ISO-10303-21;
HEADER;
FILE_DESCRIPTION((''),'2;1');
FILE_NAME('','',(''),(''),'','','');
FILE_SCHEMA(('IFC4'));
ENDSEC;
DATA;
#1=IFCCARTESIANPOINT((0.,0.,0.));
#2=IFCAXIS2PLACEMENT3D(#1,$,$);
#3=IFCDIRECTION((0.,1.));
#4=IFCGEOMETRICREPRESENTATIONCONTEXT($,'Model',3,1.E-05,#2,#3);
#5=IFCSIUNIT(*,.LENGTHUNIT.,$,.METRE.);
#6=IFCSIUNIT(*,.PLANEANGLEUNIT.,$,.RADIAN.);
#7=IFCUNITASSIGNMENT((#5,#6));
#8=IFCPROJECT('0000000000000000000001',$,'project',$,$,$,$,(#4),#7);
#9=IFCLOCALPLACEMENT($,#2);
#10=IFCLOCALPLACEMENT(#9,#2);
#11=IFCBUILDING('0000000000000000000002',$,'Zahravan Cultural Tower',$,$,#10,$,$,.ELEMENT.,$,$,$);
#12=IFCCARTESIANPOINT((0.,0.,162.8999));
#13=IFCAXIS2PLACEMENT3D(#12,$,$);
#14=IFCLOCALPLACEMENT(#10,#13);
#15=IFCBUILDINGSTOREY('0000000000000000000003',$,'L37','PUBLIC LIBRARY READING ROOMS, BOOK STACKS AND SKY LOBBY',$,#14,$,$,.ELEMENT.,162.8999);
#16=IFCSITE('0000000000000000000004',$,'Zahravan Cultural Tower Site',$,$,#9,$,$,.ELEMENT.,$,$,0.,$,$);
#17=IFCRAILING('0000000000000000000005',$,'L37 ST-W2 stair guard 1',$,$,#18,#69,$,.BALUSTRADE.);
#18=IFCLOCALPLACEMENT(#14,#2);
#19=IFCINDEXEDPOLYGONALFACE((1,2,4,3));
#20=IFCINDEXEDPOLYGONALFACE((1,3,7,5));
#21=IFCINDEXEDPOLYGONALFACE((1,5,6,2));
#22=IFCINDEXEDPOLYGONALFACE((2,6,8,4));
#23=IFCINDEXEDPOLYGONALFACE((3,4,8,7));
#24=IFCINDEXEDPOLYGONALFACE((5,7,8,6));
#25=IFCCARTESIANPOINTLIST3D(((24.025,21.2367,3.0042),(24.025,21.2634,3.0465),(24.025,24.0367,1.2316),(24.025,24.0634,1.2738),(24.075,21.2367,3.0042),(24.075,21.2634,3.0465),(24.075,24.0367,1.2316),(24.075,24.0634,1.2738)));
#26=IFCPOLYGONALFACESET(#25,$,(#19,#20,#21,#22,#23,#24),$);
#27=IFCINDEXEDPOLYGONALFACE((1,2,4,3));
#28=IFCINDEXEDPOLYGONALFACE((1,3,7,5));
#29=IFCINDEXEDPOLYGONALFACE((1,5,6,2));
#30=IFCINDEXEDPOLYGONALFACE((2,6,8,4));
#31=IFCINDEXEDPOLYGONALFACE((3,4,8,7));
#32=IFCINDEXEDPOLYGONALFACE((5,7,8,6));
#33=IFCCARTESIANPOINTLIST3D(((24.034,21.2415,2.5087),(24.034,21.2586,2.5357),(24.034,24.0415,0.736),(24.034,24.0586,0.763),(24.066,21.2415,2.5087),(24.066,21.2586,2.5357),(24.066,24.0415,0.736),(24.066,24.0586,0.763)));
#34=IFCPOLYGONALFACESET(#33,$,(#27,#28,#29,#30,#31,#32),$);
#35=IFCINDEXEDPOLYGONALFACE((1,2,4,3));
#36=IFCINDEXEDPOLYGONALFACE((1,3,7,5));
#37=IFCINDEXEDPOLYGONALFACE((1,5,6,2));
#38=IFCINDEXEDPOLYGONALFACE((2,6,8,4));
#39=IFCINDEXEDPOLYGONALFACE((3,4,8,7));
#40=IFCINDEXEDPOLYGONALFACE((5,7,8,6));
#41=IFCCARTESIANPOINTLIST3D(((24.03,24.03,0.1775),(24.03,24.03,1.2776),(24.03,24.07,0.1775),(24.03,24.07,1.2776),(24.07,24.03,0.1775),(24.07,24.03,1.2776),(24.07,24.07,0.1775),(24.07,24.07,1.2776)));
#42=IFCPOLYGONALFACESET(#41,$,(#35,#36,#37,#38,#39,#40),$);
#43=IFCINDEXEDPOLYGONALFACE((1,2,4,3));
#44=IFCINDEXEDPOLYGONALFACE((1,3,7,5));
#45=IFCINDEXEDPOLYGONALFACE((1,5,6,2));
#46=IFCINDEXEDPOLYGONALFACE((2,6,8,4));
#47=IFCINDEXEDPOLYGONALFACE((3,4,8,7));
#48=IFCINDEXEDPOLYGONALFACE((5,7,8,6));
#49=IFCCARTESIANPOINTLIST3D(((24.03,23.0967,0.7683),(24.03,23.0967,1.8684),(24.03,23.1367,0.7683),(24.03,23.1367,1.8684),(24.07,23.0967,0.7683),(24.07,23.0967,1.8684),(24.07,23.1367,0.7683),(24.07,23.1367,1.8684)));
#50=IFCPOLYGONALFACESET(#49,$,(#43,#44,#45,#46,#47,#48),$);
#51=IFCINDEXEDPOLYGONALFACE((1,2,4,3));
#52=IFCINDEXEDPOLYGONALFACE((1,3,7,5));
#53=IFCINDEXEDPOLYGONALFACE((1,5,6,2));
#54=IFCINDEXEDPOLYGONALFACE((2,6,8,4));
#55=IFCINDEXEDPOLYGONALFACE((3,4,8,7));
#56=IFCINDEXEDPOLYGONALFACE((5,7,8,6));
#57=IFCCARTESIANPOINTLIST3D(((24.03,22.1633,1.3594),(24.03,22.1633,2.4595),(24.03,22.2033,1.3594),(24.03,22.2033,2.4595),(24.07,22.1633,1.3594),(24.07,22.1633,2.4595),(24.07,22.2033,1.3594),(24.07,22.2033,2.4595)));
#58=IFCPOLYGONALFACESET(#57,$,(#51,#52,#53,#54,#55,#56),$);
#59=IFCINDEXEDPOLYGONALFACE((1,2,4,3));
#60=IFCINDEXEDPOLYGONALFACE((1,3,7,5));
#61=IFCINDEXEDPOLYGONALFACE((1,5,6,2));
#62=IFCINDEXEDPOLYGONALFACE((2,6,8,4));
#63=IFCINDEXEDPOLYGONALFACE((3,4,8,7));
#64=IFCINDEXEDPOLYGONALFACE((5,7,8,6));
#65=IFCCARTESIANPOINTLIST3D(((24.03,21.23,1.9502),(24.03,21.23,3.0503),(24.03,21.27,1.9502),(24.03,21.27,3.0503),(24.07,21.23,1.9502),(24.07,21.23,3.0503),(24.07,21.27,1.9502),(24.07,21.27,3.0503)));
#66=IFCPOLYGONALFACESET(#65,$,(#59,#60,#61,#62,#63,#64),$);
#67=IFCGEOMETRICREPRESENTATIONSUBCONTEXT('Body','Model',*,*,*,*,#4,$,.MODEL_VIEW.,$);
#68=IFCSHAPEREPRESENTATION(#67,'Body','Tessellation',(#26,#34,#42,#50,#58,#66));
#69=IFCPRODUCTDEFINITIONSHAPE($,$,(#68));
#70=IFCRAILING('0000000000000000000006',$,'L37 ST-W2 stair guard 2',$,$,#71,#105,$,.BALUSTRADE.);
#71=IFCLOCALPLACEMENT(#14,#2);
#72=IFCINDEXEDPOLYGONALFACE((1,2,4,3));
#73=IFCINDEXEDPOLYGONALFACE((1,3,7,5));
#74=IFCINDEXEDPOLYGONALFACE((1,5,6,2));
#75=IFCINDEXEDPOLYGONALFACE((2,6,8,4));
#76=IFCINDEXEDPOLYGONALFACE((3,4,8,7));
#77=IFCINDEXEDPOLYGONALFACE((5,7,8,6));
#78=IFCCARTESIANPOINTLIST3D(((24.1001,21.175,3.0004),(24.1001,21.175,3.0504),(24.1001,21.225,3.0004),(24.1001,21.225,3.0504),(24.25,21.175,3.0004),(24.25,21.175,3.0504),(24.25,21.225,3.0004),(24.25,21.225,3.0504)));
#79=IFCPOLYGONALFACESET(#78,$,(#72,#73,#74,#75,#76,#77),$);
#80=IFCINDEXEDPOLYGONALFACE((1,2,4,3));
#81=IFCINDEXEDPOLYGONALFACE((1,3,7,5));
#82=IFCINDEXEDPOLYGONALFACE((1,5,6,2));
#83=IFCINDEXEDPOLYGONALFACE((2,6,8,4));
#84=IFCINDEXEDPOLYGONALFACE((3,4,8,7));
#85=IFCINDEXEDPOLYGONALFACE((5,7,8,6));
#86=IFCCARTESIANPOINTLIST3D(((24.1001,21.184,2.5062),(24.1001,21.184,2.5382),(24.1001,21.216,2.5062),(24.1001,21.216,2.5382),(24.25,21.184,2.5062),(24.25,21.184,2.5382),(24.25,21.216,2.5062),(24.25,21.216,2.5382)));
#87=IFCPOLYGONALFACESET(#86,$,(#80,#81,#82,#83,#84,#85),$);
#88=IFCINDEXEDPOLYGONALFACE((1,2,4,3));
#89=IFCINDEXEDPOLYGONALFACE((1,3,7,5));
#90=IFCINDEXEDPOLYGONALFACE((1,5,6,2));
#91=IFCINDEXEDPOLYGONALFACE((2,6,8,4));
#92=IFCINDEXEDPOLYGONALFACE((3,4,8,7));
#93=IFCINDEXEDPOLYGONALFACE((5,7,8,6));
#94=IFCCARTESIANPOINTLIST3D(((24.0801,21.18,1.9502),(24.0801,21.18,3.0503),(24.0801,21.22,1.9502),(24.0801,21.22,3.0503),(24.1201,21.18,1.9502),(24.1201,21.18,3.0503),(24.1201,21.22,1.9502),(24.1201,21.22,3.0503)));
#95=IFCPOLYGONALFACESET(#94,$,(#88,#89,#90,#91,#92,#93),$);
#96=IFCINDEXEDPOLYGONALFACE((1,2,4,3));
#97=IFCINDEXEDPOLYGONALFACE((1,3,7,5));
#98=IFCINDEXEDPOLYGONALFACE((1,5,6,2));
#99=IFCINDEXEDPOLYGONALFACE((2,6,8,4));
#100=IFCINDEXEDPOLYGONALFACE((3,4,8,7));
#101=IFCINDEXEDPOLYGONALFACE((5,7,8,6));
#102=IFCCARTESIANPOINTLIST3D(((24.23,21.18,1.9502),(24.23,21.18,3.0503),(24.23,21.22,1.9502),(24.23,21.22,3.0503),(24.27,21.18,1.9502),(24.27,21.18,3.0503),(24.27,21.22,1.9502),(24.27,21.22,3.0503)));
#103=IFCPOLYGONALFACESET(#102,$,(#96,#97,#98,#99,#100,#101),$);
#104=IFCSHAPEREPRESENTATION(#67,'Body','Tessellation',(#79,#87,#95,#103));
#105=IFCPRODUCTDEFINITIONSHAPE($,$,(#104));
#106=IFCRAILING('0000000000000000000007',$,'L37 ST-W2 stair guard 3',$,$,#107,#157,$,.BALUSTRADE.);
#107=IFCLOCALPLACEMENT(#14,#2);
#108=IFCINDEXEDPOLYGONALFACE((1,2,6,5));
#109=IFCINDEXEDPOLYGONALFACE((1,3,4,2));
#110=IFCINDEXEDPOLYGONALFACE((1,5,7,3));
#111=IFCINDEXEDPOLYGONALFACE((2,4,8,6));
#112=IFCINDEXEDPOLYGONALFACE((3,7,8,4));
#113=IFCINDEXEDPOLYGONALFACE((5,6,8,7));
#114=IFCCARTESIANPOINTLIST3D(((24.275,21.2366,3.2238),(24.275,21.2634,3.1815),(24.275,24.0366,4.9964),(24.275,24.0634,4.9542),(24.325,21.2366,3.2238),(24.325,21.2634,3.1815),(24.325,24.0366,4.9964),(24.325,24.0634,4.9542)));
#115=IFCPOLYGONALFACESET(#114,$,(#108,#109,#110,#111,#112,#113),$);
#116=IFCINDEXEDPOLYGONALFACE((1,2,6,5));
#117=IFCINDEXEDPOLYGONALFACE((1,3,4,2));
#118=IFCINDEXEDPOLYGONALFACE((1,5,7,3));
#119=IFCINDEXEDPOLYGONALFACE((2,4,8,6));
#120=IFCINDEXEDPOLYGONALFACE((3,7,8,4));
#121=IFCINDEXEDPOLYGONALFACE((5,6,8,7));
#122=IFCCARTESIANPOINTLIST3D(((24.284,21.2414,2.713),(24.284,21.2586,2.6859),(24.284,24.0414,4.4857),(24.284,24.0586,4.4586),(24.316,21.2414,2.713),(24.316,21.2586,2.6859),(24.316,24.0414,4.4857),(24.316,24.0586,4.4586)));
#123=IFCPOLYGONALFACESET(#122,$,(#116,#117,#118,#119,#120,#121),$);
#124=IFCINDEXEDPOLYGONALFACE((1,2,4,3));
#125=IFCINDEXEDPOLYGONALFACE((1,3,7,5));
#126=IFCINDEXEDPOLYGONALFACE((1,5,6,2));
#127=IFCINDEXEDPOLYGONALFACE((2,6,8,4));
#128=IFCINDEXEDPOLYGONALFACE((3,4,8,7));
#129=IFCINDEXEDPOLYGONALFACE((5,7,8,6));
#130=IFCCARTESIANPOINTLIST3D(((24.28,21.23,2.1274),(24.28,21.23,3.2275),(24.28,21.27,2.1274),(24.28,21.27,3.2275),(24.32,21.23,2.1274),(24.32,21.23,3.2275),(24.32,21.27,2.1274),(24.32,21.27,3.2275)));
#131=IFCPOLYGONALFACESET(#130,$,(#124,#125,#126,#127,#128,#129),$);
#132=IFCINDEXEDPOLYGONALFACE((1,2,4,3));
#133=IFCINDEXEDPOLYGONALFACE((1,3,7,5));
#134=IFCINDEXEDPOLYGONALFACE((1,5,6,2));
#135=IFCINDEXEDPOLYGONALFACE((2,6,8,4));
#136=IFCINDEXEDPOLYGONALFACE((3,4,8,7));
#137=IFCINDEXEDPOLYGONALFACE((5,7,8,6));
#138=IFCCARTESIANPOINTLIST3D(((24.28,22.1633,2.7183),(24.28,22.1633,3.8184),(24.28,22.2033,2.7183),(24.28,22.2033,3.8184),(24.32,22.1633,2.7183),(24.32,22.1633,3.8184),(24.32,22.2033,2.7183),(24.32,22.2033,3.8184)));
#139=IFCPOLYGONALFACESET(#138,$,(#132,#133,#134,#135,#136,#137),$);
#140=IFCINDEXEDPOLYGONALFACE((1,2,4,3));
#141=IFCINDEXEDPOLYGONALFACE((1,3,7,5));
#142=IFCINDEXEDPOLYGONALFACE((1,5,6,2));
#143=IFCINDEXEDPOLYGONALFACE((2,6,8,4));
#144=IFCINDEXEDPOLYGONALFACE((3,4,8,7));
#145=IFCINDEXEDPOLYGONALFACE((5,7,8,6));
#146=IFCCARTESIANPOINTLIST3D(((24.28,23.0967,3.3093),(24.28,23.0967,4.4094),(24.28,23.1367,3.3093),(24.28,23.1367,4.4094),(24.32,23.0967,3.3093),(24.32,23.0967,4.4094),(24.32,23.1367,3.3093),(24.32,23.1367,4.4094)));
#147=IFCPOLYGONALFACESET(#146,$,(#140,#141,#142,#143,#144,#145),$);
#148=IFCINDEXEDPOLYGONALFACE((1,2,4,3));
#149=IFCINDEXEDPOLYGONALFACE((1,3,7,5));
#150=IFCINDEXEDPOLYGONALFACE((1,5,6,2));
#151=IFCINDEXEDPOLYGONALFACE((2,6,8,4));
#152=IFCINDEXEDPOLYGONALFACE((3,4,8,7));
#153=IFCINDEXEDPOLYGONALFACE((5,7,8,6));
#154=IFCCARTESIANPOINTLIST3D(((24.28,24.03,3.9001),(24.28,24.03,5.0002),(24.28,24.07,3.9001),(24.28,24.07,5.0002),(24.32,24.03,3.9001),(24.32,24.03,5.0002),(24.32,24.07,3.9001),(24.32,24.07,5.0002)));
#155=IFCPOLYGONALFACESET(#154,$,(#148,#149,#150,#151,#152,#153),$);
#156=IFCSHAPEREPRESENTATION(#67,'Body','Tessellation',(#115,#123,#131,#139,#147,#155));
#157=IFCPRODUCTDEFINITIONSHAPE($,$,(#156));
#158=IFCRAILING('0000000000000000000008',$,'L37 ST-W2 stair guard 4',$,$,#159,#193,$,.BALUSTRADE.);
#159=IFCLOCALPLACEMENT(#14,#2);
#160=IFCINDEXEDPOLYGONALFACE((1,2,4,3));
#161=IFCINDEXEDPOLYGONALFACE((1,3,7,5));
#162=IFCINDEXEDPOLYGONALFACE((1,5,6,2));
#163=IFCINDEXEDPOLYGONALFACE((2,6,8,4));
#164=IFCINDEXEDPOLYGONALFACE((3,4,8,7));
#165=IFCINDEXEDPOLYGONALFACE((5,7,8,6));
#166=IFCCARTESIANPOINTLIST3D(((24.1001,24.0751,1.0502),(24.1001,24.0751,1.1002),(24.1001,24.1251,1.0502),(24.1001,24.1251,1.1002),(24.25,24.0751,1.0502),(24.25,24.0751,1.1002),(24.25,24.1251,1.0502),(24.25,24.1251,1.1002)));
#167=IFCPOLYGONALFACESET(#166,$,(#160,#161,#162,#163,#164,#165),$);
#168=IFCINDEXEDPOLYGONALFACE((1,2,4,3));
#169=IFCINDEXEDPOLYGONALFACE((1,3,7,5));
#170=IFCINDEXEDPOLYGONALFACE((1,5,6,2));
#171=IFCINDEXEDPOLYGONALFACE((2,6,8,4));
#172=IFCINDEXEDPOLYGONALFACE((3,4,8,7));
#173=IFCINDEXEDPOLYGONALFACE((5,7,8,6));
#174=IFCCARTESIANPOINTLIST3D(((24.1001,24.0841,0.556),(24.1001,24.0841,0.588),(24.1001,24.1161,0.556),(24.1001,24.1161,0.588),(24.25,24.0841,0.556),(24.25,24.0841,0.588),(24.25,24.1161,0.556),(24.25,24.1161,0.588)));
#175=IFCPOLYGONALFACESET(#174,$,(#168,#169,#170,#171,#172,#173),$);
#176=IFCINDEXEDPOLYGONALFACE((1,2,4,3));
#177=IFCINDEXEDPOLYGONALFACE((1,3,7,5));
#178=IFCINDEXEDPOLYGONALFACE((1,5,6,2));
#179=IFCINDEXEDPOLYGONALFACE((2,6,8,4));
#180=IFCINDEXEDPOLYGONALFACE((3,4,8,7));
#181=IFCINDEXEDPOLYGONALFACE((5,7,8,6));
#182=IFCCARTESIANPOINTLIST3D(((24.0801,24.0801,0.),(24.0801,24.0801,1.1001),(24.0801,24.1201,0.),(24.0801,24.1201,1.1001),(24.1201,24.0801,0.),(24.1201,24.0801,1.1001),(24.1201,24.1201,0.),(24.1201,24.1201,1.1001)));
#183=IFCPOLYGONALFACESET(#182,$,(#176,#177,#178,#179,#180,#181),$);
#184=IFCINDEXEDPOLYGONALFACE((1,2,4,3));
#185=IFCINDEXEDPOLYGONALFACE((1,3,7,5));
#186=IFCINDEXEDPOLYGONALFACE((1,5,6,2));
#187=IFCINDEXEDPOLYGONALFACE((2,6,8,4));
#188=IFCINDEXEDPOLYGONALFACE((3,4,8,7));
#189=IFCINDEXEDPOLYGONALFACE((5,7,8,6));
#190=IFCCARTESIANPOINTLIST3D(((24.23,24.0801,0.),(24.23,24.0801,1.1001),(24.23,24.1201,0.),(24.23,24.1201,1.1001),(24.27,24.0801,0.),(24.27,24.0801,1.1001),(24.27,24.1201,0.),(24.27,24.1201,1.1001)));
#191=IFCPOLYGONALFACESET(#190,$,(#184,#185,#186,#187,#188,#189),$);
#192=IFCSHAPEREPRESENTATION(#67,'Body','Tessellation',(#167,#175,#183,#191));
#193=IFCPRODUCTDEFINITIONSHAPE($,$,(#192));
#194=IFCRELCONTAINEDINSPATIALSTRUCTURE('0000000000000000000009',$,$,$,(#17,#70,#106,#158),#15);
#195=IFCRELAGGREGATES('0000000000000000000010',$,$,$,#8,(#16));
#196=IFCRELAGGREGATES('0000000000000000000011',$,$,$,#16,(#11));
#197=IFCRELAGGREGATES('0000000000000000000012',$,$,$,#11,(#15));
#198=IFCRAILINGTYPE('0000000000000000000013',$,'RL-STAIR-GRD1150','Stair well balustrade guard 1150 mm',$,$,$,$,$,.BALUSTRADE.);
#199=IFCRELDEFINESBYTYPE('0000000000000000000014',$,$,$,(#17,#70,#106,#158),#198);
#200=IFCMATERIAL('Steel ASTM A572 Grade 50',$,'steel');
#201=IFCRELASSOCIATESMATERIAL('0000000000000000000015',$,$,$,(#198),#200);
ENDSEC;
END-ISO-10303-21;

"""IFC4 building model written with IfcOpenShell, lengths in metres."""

from ifc_helpers import new_model, si_unit, direction, frame, origin, origin_2d, place, context, subcontext, project, spatial, rectangle, extrude, material, type_object, element, save


model = new_model("IFC4")

# Units and contexts
model_context = context("Model", 3, precision=1e-05, world=origin(), true_north=direction((0.0, 1.0)))
body_context = subcontext(model_context, "Body", "Model", "MODEL_VIEW")
ifc_project = project(units=[si_unit("LENGTHUNIT", "METRE"), si_unit("PLANEANGLEUNIT", "RADIAN")], contexts=[model_context])

# Site, building, storey
site_placement = place(None, origin())
site = spatial("IfcSite", under=ifc_project, at=site_placement, Name="Zahravan Cultural Tower Site", CompositionType="ELEMENT", RefElevation=0.0)
building_placement = place(site_placement, origin())
building = spatial("IfcBuilding", under=site, at=building_placement, Name="Zahravan Cultural Tower", CompositionType="ELEMENT")
storey_placement = place(building_placement, frame((0.0, 0.0, 162.8999)))
storey = spatial("IfcBuildingStorey", under=building, at=storey_placement, Name="L37", Description="PUBLIC LIBRARY READING ROOMS, BOOK STACKS AND SKY LOBBY", CompositionType="ELEMENT", Elevation=162.8999)

# Shared definitions
ifc_material_1 = material(Name="Steel ASTM A572 Grade 50", Category="steel")

# Railings
railing_type_1 = type_object("IfcRailingType", Name="RL-STAIR-GRD1150", Description="Stair well balustrade guard 1150 mm", PredefinedType="BALUSTRADE", material=ifc_material_1)
railing_1_placement = place(storey_placement, frame((24.05, 24.05, 0.1775)))
element("IfcRailing", 1, at=railing_1_placement, inside=storey, type_object=railing_type_1, Name="L37 ST-W2 stair guard 1", PredefinedType="BALUSTRADE", context=body_context, shape_type="SweptSolid", body=[
    extrude(rectangle(XDim=0.05, YDim=0.05, at=origin_2d()), frame((0.0, 0.0, 1.0752), z_axis=(0.0, -0.844909, 0.53491), x_axis=(1.0, 0.0, 0.0)), (0.0, 0.0, 1.0), 3.314),
    extrude(rectangle(XDim=0.032, YDim=0.032, at=origin_2d()), frame((0.0, 0.0, 0.572), z_axis=(0.0, -0.844909, 0.53491), x_axis=(1.0, 0.0, 0.0)), (0.0, 0.0, 1.0), 3.314),
    extrude(rectangle(XDim=0.04, YDim=0.04, at=origin_2d()), origin(), (0.0, 0.0, 1.0), 1.1001),
    extrude(rectangle(XDim=0.04, YDim=0.04, at=origin_2d()), frame((0.0, -0.9333, 0.5908)), (0.0, 0.0, 1.0), 1.1001),
    extrude(rectangle(XDim=0.04, YDim=0.04, at=origin_2d()), frame((0.0, -1.8667, 1.1819)), (0.0, 0.0, 1.0), 1.1001),
    extrude(rectangle(XDim=0.04, YDim=0.04, at=origin_2d()), frame((0.0, -2.8, 1.7727)), (0.0, 0.0, 1.0), 1.1001),
])
railing_2_placement = place(storey_placement, frame((24.1001, 21.2, 1.9502)))
element("IfcRailing", 2, at=railing_2_placement, inside=storey, type_object=railing_type_1, Name="L37 ST-W2 stair guard 2", PredefinedType="BALUSTRADE", context=body_context, shape_type="SweptSolid", body=[
    extrude(rectangle(XDim=0.05, YDim=0.05, at=origin_2d()), frame((0.0, 0.0, 1.0752), z_axis=(1.0, 0.0, 0.0), x_axis=(0.0, 1.0, 0.0)), (0.0, 0.0, 1.0), 0.1499),
    extrude(rectangle(XDim=0.032, YDim=0.032, at=origin_2d()), frame((0.0, 0.0, 0.572), z_axis=(1.0, 0.0, 0.0), x_axis=(0.0, 1.0, 0.0)), (0.0, 0.0, 1.0), 0.1499),
    extrude(rectangle(XDim=0.04, YDim=0.04, at=origin_2d()), origin(), (0.0, 0.0, 1.0), 1.1001),
    extrude(rectangle(XDim=0.04, YDim=0.04, at=origin_2d()), frame((0.1499, 0.0, 0.0)), (0.0, 0.0, 1.0), 1.1001),
])
railing_3_placement = place(storey_placement, frame((24.3, 21.25, 2.1274)))
element("IfcRailing", 3, at=railing_3_placement, inside=storey, type_object=railing_type_1, Name="L37 ST-W2 stair guard 3", PredefinedType="BALUSTRADE", context=body_context, shape_type="SweptSolid", body=[
    extrude(rectangle(XDim=0.05, YDim=0.05, at=origin_2d()), frame((0.0, 0.0, 1.0752), z_axis=(0.0, 0.844909, 0.53491), x_axis=(-1.0, 0.0, 0.0)), (0.0, 0.0, 1.0), 3.314),
    extrude(rectangle(XDim=0.032, YDim=0.032, at=origin_2d()), frame((0.0, 0.0, 0.572), z_axis=(0.0, 0.844909, 0.53491), x_axis=(-1.0, 0.0, 0.0)), (0.0, 0.0, 1.0), 3.314),
    extrude(rectangle(XDim=0.04, YDim=0.04, at=origin_2d()), origin(), (0.0, 0.0, 1.0), 1.1001),
    extrude(rectangle(XDim=0.04, YDim=0.04, at=origin_2d()), frame((0.0, 0.9333, 0.5908)), (0.0, 0.0, 1.0), 1.1001),
    extrude(rectangle(XDim=0.04, YDim=0.04, at=origin_2d()), frame((0.0, 1.8667, 1.1819)), (0.0, 0.0, 1.0), 1.1001),
    extrude(rectangle(XDim=0.04, YDim=0.04, at=origin_2d()), frame((0.0, 2.8, 1.7727)), (0.0, 0.0, 1.0), 1.1001),
])
railing_4_placement = place(storey_placement, frame((24.1001, 24.1001, 0.0)))
element("IfcRailing", 4, at=railing_4_placement, inside=storey, type_object=railing_type_1, Name="L37 ST-W2 stair guard 4", PredefinedType="BALUSTRADE", context=body_context, shape_type="SweptSolid", body=[
    extrude(rectangle(XDim=0.05, YDim=0.05, at=origin_2d()), frame((0.0, 0.0, 1.0752), z_axis=(1.0, 0.0, 0.0), x_axis=(0.0, 1.0, 0.0)), (0.0, 0.0, 1.0), 0.1499),
    extrude(rectangle(XDim=0.032, YDim=0.032, at=origin_2d()), frame((0.0, 0.0, 0.572), z_axis=(1.0, 0.0, 0.0), x_axis=(0.0, 1.0, 0.0)), (0.0, 0.0, 1.0), 0.1499),
    extrude(rectangle(XDim=0.04, YDim=0.04, at=origin_2d()), origin(), (0.0, 0.0, 1.0), 1.1001),
    extrude(rectangle(XDim=0.04, YDim=0.04, at=origin_2d()), frame((0.1499, 0.0, 0.0)), (0.0, 0.0, 1.0), 1.1001),
])

save(model, "model.ifc")
